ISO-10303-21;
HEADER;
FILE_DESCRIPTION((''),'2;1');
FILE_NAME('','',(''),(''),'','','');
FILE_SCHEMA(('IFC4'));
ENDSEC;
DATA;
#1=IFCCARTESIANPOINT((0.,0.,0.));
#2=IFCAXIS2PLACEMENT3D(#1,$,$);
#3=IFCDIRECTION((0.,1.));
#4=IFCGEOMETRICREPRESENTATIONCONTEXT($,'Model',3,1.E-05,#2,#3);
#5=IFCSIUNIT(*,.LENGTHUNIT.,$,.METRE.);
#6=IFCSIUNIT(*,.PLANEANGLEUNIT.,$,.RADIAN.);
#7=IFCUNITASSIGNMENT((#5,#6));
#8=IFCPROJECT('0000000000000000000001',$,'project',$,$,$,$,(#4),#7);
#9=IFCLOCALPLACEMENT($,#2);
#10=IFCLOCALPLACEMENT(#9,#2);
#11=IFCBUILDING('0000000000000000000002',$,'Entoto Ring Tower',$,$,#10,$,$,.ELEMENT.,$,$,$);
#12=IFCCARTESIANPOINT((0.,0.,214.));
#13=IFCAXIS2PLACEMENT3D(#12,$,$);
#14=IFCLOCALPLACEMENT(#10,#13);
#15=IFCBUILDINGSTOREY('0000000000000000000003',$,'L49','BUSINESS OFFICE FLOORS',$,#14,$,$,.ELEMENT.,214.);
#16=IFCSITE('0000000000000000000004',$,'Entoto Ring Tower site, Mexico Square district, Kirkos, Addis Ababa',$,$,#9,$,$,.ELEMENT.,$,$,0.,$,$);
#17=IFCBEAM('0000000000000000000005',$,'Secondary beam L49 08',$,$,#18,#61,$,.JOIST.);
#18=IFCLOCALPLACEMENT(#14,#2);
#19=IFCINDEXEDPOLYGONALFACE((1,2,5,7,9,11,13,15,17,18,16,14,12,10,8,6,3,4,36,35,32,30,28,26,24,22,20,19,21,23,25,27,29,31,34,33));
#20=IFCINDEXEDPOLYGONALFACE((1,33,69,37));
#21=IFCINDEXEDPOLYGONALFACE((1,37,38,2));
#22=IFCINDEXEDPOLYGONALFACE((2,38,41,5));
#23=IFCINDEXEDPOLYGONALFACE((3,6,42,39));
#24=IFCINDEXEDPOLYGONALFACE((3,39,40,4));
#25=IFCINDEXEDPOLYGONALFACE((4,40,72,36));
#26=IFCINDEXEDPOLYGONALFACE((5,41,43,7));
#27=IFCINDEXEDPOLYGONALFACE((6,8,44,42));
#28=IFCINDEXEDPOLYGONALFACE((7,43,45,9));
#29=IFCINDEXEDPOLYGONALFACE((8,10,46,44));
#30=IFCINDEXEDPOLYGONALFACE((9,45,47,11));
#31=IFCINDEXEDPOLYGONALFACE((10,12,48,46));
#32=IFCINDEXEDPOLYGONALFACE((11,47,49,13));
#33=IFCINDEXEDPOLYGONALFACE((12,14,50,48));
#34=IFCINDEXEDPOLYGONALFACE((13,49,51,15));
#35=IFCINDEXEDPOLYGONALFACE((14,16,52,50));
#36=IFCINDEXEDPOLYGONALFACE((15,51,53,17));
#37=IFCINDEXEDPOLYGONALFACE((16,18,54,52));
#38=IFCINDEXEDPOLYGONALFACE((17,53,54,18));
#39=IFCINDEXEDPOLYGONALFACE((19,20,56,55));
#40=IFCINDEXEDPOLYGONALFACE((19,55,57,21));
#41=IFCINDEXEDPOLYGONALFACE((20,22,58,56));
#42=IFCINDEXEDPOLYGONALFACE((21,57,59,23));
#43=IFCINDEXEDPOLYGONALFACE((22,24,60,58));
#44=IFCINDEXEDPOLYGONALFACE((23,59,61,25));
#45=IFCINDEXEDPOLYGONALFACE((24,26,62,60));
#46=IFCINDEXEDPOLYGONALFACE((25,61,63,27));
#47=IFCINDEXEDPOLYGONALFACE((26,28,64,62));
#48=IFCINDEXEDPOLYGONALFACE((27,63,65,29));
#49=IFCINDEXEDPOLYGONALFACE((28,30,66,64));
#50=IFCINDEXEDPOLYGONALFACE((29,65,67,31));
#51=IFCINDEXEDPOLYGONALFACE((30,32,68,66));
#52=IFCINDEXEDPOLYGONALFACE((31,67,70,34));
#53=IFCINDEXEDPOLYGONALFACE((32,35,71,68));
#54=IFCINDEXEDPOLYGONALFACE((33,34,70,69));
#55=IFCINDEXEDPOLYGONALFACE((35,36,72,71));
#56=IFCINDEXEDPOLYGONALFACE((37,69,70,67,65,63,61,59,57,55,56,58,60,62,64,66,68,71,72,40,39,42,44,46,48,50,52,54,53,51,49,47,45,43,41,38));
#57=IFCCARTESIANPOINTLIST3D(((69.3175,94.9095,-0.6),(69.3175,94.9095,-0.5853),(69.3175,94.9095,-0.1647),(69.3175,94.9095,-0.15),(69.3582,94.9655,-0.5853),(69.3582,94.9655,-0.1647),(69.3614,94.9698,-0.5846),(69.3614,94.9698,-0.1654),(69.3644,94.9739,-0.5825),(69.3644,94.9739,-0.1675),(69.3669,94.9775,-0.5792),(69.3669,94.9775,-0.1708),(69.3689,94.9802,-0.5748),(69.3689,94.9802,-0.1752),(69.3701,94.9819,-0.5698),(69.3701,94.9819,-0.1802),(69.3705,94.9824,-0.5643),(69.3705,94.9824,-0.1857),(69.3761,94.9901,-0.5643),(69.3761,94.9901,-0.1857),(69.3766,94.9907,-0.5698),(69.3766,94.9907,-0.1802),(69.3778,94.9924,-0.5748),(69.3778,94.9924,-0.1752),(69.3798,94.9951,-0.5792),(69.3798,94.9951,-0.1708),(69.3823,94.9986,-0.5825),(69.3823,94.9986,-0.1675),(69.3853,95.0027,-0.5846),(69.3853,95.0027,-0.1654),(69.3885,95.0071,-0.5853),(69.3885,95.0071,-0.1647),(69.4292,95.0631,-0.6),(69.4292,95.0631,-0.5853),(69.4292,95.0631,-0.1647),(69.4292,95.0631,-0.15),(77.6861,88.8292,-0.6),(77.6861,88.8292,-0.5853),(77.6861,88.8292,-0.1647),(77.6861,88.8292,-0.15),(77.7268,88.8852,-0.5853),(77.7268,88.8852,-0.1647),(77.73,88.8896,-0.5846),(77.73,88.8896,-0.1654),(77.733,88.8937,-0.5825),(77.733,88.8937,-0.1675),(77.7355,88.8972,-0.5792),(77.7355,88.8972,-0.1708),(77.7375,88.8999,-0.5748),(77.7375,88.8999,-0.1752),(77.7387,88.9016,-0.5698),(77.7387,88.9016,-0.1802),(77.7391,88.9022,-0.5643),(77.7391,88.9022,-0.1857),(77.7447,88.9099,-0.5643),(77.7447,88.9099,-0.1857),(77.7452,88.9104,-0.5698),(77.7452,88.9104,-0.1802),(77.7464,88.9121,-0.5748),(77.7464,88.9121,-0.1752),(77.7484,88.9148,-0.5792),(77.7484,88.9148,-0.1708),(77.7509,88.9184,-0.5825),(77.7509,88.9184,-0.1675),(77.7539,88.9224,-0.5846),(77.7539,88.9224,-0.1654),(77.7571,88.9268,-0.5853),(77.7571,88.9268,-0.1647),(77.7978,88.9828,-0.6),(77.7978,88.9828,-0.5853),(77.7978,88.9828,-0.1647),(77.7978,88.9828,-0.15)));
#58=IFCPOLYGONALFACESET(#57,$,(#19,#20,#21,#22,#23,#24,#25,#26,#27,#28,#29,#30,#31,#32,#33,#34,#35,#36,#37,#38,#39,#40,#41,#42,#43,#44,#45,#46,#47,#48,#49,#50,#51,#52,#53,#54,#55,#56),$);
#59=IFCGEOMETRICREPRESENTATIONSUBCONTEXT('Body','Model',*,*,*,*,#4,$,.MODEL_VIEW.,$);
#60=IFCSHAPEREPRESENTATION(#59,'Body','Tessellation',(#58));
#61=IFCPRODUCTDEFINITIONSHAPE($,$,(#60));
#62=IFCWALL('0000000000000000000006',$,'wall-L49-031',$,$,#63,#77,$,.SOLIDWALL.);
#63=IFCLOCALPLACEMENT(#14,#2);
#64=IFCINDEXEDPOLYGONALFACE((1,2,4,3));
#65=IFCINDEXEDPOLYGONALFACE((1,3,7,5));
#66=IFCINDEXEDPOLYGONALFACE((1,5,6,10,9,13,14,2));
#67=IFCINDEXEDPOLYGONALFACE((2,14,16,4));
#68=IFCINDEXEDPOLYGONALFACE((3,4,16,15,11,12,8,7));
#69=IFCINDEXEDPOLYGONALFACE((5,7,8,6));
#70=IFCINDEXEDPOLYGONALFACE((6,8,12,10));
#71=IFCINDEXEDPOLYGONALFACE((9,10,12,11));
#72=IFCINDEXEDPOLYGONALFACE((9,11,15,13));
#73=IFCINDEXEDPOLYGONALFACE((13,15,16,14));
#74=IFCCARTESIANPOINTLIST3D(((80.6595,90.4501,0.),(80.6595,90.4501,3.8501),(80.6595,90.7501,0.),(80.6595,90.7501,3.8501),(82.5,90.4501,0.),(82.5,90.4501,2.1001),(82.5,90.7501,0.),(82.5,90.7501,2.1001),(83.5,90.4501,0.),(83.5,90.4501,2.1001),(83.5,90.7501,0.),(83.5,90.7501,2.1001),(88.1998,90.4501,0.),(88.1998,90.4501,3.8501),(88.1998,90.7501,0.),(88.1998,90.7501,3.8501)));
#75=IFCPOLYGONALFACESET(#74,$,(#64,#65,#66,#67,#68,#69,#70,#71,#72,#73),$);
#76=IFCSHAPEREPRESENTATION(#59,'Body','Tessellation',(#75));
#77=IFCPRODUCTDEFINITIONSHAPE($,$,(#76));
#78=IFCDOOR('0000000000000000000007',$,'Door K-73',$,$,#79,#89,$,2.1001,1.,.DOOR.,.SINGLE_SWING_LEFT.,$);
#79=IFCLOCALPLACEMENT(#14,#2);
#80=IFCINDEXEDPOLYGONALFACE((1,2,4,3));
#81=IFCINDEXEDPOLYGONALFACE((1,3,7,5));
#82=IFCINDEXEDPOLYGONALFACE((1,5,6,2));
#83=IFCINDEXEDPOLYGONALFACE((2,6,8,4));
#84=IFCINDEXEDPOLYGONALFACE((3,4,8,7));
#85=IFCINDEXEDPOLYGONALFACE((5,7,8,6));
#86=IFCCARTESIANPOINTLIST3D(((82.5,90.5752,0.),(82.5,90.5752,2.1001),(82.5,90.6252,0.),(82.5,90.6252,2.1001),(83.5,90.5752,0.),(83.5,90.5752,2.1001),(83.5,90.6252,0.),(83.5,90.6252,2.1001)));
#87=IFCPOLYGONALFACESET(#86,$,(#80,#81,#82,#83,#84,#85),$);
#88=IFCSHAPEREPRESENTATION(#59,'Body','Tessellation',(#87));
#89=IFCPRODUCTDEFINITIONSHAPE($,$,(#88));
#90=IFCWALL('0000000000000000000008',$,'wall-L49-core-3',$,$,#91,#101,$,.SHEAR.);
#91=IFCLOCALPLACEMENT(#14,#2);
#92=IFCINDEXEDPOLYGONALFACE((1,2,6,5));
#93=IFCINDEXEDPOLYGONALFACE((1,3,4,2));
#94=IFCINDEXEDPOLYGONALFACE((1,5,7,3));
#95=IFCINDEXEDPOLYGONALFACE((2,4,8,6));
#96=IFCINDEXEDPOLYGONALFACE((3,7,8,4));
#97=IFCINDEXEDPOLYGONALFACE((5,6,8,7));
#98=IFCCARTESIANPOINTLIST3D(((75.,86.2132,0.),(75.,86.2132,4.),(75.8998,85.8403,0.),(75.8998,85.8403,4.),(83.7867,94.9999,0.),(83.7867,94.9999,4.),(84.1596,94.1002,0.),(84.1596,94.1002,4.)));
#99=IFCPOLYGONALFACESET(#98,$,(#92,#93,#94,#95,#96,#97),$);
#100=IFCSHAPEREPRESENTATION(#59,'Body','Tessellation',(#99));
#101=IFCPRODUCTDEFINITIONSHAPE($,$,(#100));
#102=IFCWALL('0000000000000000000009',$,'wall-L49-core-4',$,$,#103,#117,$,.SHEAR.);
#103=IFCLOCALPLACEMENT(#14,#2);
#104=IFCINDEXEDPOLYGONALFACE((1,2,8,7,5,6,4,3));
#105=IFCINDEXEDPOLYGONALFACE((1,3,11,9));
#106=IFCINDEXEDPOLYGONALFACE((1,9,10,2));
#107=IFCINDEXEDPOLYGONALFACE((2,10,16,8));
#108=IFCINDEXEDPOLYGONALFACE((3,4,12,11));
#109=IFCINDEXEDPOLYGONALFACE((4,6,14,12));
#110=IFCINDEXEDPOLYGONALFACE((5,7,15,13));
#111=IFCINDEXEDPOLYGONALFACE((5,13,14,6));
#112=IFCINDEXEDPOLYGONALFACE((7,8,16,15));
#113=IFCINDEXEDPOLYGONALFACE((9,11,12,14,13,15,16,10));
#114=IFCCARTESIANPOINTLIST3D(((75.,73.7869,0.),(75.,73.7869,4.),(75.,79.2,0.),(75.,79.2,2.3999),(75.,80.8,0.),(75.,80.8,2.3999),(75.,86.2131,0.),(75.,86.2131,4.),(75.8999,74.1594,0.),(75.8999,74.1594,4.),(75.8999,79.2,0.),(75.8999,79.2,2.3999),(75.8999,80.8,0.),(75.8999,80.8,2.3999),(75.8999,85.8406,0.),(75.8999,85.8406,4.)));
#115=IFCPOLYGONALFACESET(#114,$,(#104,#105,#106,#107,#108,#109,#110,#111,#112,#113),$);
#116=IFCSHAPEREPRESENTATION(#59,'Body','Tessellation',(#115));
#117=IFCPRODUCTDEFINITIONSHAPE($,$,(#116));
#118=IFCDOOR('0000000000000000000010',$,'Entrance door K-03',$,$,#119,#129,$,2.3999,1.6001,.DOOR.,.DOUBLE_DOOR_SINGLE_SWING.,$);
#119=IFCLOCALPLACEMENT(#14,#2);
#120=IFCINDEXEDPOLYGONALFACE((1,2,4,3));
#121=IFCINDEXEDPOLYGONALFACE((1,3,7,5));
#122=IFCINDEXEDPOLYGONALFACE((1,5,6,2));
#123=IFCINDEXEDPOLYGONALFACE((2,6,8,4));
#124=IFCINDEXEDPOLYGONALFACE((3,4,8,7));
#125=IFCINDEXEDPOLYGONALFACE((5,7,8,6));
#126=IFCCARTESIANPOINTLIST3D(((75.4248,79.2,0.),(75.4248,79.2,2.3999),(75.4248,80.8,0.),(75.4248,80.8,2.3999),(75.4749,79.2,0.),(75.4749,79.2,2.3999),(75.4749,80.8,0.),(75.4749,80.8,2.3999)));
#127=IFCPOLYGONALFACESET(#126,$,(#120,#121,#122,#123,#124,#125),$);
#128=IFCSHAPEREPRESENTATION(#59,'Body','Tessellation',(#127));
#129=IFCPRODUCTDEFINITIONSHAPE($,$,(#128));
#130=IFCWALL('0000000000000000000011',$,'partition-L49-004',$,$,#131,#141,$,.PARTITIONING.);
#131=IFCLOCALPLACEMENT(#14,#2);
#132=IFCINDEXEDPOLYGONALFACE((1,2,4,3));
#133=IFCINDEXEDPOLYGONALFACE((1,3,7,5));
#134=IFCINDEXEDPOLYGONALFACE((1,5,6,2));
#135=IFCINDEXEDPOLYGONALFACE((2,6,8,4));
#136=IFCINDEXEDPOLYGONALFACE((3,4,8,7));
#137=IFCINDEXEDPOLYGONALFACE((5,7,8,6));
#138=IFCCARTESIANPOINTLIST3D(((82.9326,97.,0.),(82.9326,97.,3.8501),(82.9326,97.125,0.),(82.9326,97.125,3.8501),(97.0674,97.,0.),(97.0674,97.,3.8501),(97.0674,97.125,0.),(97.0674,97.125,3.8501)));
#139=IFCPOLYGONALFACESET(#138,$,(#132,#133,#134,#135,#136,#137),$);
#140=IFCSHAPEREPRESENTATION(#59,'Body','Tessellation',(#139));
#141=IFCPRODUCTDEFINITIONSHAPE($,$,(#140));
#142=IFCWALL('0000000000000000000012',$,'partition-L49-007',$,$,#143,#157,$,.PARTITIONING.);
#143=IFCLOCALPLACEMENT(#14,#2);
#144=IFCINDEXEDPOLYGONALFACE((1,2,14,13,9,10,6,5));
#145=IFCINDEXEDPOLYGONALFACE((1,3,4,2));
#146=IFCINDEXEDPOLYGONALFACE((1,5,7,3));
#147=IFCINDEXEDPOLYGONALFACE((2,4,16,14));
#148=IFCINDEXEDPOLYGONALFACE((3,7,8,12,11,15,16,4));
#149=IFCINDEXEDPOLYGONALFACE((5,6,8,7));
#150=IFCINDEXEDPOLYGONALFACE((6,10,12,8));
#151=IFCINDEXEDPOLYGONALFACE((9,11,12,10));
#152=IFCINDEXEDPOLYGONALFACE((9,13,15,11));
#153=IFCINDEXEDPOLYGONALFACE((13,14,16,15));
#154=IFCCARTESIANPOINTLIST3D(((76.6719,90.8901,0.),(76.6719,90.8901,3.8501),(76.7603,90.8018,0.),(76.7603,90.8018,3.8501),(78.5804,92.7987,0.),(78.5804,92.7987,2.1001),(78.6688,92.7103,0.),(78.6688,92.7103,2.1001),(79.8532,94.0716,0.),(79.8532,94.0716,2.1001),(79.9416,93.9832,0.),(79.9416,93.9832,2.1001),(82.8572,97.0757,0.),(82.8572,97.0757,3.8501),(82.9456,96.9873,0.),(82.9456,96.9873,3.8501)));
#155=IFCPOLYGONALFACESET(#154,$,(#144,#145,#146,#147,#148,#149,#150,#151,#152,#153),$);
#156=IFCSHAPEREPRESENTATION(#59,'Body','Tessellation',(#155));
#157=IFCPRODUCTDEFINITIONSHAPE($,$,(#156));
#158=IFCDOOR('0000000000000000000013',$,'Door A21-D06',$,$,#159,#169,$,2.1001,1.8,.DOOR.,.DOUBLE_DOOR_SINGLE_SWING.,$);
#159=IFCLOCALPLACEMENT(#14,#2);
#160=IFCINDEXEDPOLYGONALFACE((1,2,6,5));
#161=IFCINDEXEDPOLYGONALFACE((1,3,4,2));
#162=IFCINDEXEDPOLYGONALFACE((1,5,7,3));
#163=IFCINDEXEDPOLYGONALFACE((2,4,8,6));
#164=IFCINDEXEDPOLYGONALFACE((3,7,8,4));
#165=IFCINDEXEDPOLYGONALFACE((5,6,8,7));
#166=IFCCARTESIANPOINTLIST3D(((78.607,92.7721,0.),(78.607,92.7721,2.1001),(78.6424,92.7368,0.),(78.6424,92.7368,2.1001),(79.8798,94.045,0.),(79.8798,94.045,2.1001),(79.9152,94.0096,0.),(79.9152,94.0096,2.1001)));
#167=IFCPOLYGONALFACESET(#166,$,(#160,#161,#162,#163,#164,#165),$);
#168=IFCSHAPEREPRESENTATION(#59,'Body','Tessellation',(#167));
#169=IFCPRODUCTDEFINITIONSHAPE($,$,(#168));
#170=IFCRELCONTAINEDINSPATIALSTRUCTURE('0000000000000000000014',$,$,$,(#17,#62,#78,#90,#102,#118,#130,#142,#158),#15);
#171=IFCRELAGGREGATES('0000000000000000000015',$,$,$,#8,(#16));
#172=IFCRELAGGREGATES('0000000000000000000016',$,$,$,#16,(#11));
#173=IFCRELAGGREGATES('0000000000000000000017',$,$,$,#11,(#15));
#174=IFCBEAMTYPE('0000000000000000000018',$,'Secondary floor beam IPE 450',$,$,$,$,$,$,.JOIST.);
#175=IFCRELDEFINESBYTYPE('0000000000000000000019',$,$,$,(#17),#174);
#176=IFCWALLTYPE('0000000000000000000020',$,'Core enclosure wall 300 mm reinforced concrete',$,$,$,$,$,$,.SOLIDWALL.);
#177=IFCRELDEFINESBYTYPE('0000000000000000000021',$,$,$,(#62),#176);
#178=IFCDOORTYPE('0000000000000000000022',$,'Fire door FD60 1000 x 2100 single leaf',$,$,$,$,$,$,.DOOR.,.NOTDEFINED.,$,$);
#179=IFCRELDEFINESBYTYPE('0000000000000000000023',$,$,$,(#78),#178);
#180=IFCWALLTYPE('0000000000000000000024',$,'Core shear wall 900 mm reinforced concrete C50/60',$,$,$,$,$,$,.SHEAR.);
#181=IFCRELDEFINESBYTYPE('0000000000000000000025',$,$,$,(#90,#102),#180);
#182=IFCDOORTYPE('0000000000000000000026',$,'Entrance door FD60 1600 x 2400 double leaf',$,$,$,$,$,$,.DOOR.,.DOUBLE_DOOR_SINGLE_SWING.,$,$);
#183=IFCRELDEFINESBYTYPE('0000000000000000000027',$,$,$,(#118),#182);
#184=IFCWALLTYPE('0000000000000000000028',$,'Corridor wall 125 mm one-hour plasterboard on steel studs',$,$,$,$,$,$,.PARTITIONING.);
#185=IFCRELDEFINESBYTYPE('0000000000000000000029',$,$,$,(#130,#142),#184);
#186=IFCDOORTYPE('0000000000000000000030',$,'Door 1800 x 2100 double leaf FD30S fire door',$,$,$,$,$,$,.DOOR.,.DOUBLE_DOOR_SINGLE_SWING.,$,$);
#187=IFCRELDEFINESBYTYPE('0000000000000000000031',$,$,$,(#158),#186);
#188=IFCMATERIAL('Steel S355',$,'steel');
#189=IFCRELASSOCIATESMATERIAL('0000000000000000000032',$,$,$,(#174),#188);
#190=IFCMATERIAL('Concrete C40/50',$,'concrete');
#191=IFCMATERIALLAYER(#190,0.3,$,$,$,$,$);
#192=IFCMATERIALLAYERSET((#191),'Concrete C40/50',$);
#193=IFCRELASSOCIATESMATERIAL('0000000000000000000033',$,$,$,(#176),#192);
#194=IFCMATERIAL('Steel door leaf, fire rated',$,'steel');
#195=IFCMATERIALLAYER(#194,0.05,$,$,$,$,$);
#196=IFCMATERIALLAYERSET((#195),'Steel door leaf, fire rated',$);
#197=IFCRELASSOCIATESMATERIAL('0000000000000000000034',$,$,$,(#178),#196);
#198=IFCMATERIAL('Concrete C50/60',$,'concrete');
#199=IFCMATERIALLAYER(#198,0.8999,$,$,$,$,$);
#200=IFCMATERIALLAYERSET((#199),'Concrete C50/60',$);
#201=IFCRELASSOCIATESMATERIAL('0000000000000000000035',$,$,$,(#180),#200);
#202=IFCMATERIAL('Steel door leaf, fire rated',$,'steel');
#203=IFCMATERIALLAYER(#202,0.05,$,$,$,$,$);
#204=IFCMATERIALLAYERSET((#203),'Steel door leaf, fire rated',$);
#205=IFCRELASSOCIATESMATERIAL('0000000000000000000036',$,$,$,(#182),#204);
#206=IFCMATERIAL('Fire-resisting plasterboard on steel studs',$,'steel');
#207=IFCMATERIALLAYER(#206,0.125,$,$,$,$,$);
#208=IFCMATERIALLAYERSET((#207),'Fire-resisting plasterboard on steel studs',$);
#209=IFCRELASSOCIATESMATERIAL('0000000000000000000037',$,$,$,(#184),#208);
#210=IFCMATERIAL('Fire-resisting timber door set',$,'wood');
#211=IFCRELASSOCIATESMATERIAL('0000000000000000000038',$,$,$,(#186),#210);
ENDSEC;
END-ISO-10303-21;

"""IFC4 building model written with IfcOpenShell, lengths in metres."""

from ifc_helpers import new_model, si_unit, direction, frame, frame_2d, origin, origin_2d, place, context, subcontext, project, spatial, polyline, rectangle, i_section, outline, extrude, material, layer, layer_set, material_profile, profile_set, type_object, element, fill, save


model = new_model("IFC4")

# Units and contexts
model_context = context("Model", 3, precision=1e-05, world=origin(), true_north=direction((0.0, 1.0)))
body_context = subcontext(model_context, "Body", "Model", "MODEL_VIEW")
ifc_project = project(units=[si_unit("LENGTHUNIT", "METRE"), si_unit("PLANEANGLEUNIT", "RADIAN")], contexts=[model_context])

# Site, building, storey
site_placement = place(None, origin())
site = spatial("IfcSite", under=ifc_project, at=site_placement, Name="Entoto Ring Tower site, Mexico Square district, Kirkos, Addis Ababa", CompositionType="ELEMENT", RefElevation=0.0)
building_placement = place(site_placement, origin())
building = spatial("IfcBuilding", under=site, at=building_placement, Name="Entoto Ring Tower", CompositionType="ELEMENT")
storey_placement = place(building_placement, frame((0.0, 0.0, 214.0)))
storey = spatial("IfcBuildingStorey", under=building, at=storey_placement, Name="L49", Description="BUSINESS OFFICE FLOORS", CompositionType="ELEMENT", Elevation=214.0)

# Beam
ifc_material_1 = material(Name="Steel S355", Category="steel")
ifc_material_profile_1 = material_profile(ifc_material_1, i_section(OverallWidth=0.1899, OverallDepth=0.45, WebThickness=0.0095, FlangeThickness=0.0146, FilletRadius=0.021, at=origin_2d()), Name="IPE 450")
ifc_profile_set_1 = profile_set([ifc_material_profile_1], Name="Steel S355")
beam_type_1 = type_object("IfcBeamType", Name="Secondary floor beam IPE 450", PredefinedType="JOIST", material=ifc_profile_set_1)
for number, where, z_axis, x_axis, name in (
    (1, (77.7419, 88.906, -0.375), (-0.809011, 0.587794, 0.0), (-0.587794, -0.809011, 0.0), "Secondary beam L49 08"),
):
    element("IfcBeam", number, at=place(storey_placement, frame(where, z_axis=z_axis, x_axis=x_axis)), inside=storey, type_object=beam_type_1, Name=name, PredefinedType="JOIST", context=body_context, shape_type="SweptSolid", body=[
        extrude(i_section(OverallWidth=0.1899, OverallDepth=0.45, WebThickness=0.0095, FlangeThickness=0.0146, FilletRadius=0.021, at=origin_2d()), origin(), (0.0, 0.0, 1.0), 10.3442),
    ])

# Wall, opening, door
ifc_material_2 = material(Name="Concrete C40/50", Category="concrete")
ifc_layer_1 = layer(ifc_material_2, 0.3)
ifc_layer_set_1 = layer_set([ifc_layer_1], Name="Concrete C40/50")
wall_type_1 = type_object("IfcWallType", Name="Core enclosure wall 300 mm reinforced concrete", PredefinedType="SOLIDWALL", material=ifc_layer_set_1)
wall_1_placement = place(storey_placement, frame((80.6597, 90.6001, 0.0), z_axis=(0.0, 0.0, 1.0), x_axis=(1.0, 0.0, 0.0)))
wall_1 = element("IfcWall", 2, at=wall_1_placement, inside=storey, type_object=wall_type_1, Name="wall-L49-031", PredefinedType="SOLIDWALL", context=body_context, shape_type="SweptSolid", body=[
    extrude(rectangle(XDim=7.5403, YDim=0.3, at=frame_2d((3.77, 0.0))), origin(), (0.0, 0.0, 1.0), 3.8501),
])
opening_1_placement = place(wall_1_placement, frame((1.8403, 0.0, 0.0)))
opening_1 = element("IfcOpeningElement", 3, at=opening_1_placement, cuts=wall_1, PredefinedType="OPENING", context=body_context, shape_type="SweptSolid", body=[
    extrude(rectangle(XDim=1.0, YDim=2.1001, at=frame_2d((0.5, 1.05))), frame((0.0, 0.1602, 0.0), z_axis=(0.0, -1.0, 0.0), x_axis=(1.0, 0.0, 0.0)), (0.0, 0.0, 1.0), 0.3201),
])
ifc_material_3 = material(Name="Steel door leaf, fire rated", Category="steel")
ifc_layer_2 = layer(ifc_material_3, 0.05)
ifc_layer_set_2 = layer_set([ifc_layer_2], Name="Steel door leaf, fire rated")
door_type_1 = type_object("IfcDoorType", Name="Fire door FD60 1000 x 2100 single leaf", OperationType="NOTDEFINED", PredefinedType="DOOR", material=ifc_layer_set_2)
door_1_placement = place(opening_1_placement, frame((1.0, 0.0, 0.0), z_axis=(0.0, 0.0, 1.0), x_axis=(-1.0, 0.0, 0.0)))
door_1 = element("IfcDoor", 4, at=door_1_placement, inside=storey, type_object=door_type_1, Name="Door K-73", OperationType="SINGLE_SWING_LEFT", OverallHeight=2.1001, OverallWidth=1.0, PredefinedType="DOOR", context=body_context, shape_type="SweptSolid", body=[
    extrude(rectangle(XDim=1.0, YDim=2.1001, at=frame_2d((0.5, 1.05))), frame((0.0, 0.0249, 0.0), z_axis=(0.0, -1.0, 0.0), x_axis=(1.0, 0.0, 0.0)), (0.0, 0.0, 1.0), 0.05),
])
fill(opening_1, door_1)

# Wall
ifc_material_4 = material(Name="Concrete C50/60", Category="concrete")
ifc_layer_3 = layer(ifc_material_4, 0.8999)
ifc_layer_set_3 = layer_set([ifc_layer_3], Name="Concrete C50/60")
wall_type_2 = type_object("IfcWallType", Name="Core shear wall 900 mm reinforced concrete C50/60", PredefinedType="SHEAR", material=ifc_layer_set_3)
wall_2_placement = place(storey_placement, frame((83.9731, 94.55, 0.0), z_axis=(0.0, 0.0, 1.0), x_axis=(-0.707107, -0.707107, 0.0)))
element("IfcWall", 5, at=wall_2_placement, inside=storey, type_object=wall_type_2, Name="wall-L49-core-3", PredefinedType="SHEAR", context=body_context, shape_type="SweptSolid", body=[
    extrude(outline(polyline([(-0.1863, -0.45), (12.24, -0.45), (11.8674, 0.45), (0.1863, 0.45), (-0.1863, -0.45)])), origin(), (0.0, 0.0, 1.0), 4.0),
])

# Wall, opening, door
wall_3_placement = place(storey_placement, frame((75.45, 86.0269, 0.0), z_axis=(0.0, 0.0, 1.0), x_axis=(0.0, -1.0, 0.0)))
wall_3 = element("IfcWall", 6, at=wall_3_placement, inside=storey, type_object=wall_type_2, Name="wall-L49-core-4", PredefinedType="SHEAR", context=body_context, shape_type="SweptSolid", body=[
    extrude(outline(polyline([(-0.1863, -0.45), (12.24, -0.45), (11.8674, 0.45), (0.1863, 0.45), (-0.1863, -0.45)])), origin(), (0.0, 0.0, 1.0), 4.0),
])
opening_2_placement = place(wall_3_placement, frame((5.2268, 0.0, 0.0)))
opening_2 = element("IfcOpeningElement", 7, at=opening_2_placement, cuts=wall_3, PredefinedType="OPENING", context=body_context, shape_type="SweptSolid", body=[
    extrude(rectangle(XDim=1.6001, YDim=2.3999, at=frame_2d((0.8, 1.2))), frame((0.0, 0.46, 0.0), z_axis=(0.0, -1.0, 0.0), x_axis=(1.0, 0.0, 0.0)), (0.0, 0.0, 1.0), 0.9199),
])
ifc_material_5 = material(Name="Steel door leaf, fire rated", Category="steel")
ifc_layer_4 = layer(ifc_material_5, 0.05)
ifc_layer_set_4 = layer_set([ifc_layer_4], Name="Steel door leaf, fire rated")
door_type_2 = type_object("IfcDoorType", Name="Entrance door FD60 1600 x 2400 double leaf", OperationType="DOUBLE_DOOR_SINGLE_SWING", PredefinedType="DOOR", material=ifc_layer_set_4)
door_2_placement = place(opening_2_placement, origin())
door_2 = element("IfcDoor", 8, at=door_2_placement, inside=storey, type_object=door_type_2, Name="Entrance door K-03", OperationType="DOUBLE_DOOR_SINGLE_SWING", OverallHeight=2.3999, OverallWidth=1.6001, PredefinedType="DOOR", context=body_context, shape_type="SweptSolid", body=[
    extrude(rectangle(XDim=1.6001, YDim=2.3999, at=frame_2d((0.8, 1.2))), frame((0.0, 0.0249, 0.0), z_axis=(0.0, -1.0, 0.0), x_axis=(1.0, 0.0, 0.0)), (0.0, 0.0, 1.0), 0.05),
])
fill(opening_2, door_2)

# Wall
ifc_material_6 = material(Name="Fire-resisting plasterboard on steel studs", Category="steel")
ifc_layer_5 = layer(ifc_material_6, 0.125)
ifc_layer_set_5 = layer_set([ifc_layer_5], Name="Fire-resisting plasterboard on steel studs")
wall_type_3 = type_object("IfcWallType", Name="Corridor wall 125 mm one-hour plasterboard on steel studs", PredefinedType="PARTITIONING", material=ifc_layer_set_5)
wall_4_placement = place(storey_placement, frame((82.9326, 97.0625, 0.0), z_axis=(0.0, 0.0, 1.0), x_axis=(1.0, 0.0, 0.0)))
element("IfcWall", 9, at=wall_4_placement, inside=storey, type_object=wall_type_3, Name="partition-L49-004", PredefinedType="PARTITIONING", context=body_context, shape_type="SweptSolid", body=[
    extrude(rectangle(XDim=14.1348, YDim=0.125, at=frame_2d((7.0674, 0.0))), origin(), (0.0, 0.0, 1.0), 3.8501),
])

# Wall, opening, door
wall_5_placement = place(storey_placement, frame((76.7161, 90.8459, 0.0), z_axis=(0.0, 0.0, 1.0), x_axis=(0.707093, 0.707121, 0.0)))
wall_5 = element("IfcWall", 10, at=wall_5_placement, inside=storey, type_object=wall_type_3, Name="partition-L49-007", PredefinedType="PARTITIONING", context=body_context, shape_type="SweptSolid", body=[
    extrude(rectangle(XDim=8.7476, YDim=0.125, at=frame_2d((4.3738, 0.0))), origin(), (0.0, 0.0, 1.0), 3.8501),
])
opening_3_placement = place(wall_5_placement, frame((2.6992, 0.0, 0.0)))
opening_3 = element("IfcOpeningElement", 11, at=opening_3_placement, cuts=wall_5, PredefinedType="OPENING", context=body_context, shape_type="SweptSolid", body=[
    extrude(rectangle(XDim=1.8, YDim=2.1001, at=frame_2d((0.8999, 1.05))), frame((0.0, 0.0725, 0.0), z_axis=(0.0, -1.0, 0.0), x_axis=(1.0, 0.0, 0.0)), (0.0, 0.0, 1.0), 0.145),
])
ifc_material_7 = material(Name="Fire-resisting timber door set", Category="wood")
door_type_3 = type_object("IfcDoorType", Name="Door 1800 x 2100 double leaf FD30S fire door", OperationType="DOUBLE_DOOR_SINGLE_SWING", PredefinedType="DOOR", material=ifc_material_7)
door_3_placement = place(opening_3_placement, origin())
door_3 = element("IfcDoor", 12, at=door_3_placement, inside=storey, type_object=door_type_3, Name="Door A21-D06", OperationType="DOUBLE_DOOR_SINGLE_SWING", OverallHeight=2.1001, OverallWidth=1.8, PredefinedType="DOOR", context=body_context, shape_type="SweptSolid", body=[
    extrude(rectangle(XDim=1.8, YDim=2.1001, at=frame_2d((0.8999, 1.05))), frame((0.0, 0.0249, 0.0), z_axis=(0.0, -1.0, 0.0), x_axis=(1.0, 0.0, 0.0)), (0.0, 0.0, 1.0), 0.05),
])
fill(opening_3, door_3)

save(model, "model.ifc")
